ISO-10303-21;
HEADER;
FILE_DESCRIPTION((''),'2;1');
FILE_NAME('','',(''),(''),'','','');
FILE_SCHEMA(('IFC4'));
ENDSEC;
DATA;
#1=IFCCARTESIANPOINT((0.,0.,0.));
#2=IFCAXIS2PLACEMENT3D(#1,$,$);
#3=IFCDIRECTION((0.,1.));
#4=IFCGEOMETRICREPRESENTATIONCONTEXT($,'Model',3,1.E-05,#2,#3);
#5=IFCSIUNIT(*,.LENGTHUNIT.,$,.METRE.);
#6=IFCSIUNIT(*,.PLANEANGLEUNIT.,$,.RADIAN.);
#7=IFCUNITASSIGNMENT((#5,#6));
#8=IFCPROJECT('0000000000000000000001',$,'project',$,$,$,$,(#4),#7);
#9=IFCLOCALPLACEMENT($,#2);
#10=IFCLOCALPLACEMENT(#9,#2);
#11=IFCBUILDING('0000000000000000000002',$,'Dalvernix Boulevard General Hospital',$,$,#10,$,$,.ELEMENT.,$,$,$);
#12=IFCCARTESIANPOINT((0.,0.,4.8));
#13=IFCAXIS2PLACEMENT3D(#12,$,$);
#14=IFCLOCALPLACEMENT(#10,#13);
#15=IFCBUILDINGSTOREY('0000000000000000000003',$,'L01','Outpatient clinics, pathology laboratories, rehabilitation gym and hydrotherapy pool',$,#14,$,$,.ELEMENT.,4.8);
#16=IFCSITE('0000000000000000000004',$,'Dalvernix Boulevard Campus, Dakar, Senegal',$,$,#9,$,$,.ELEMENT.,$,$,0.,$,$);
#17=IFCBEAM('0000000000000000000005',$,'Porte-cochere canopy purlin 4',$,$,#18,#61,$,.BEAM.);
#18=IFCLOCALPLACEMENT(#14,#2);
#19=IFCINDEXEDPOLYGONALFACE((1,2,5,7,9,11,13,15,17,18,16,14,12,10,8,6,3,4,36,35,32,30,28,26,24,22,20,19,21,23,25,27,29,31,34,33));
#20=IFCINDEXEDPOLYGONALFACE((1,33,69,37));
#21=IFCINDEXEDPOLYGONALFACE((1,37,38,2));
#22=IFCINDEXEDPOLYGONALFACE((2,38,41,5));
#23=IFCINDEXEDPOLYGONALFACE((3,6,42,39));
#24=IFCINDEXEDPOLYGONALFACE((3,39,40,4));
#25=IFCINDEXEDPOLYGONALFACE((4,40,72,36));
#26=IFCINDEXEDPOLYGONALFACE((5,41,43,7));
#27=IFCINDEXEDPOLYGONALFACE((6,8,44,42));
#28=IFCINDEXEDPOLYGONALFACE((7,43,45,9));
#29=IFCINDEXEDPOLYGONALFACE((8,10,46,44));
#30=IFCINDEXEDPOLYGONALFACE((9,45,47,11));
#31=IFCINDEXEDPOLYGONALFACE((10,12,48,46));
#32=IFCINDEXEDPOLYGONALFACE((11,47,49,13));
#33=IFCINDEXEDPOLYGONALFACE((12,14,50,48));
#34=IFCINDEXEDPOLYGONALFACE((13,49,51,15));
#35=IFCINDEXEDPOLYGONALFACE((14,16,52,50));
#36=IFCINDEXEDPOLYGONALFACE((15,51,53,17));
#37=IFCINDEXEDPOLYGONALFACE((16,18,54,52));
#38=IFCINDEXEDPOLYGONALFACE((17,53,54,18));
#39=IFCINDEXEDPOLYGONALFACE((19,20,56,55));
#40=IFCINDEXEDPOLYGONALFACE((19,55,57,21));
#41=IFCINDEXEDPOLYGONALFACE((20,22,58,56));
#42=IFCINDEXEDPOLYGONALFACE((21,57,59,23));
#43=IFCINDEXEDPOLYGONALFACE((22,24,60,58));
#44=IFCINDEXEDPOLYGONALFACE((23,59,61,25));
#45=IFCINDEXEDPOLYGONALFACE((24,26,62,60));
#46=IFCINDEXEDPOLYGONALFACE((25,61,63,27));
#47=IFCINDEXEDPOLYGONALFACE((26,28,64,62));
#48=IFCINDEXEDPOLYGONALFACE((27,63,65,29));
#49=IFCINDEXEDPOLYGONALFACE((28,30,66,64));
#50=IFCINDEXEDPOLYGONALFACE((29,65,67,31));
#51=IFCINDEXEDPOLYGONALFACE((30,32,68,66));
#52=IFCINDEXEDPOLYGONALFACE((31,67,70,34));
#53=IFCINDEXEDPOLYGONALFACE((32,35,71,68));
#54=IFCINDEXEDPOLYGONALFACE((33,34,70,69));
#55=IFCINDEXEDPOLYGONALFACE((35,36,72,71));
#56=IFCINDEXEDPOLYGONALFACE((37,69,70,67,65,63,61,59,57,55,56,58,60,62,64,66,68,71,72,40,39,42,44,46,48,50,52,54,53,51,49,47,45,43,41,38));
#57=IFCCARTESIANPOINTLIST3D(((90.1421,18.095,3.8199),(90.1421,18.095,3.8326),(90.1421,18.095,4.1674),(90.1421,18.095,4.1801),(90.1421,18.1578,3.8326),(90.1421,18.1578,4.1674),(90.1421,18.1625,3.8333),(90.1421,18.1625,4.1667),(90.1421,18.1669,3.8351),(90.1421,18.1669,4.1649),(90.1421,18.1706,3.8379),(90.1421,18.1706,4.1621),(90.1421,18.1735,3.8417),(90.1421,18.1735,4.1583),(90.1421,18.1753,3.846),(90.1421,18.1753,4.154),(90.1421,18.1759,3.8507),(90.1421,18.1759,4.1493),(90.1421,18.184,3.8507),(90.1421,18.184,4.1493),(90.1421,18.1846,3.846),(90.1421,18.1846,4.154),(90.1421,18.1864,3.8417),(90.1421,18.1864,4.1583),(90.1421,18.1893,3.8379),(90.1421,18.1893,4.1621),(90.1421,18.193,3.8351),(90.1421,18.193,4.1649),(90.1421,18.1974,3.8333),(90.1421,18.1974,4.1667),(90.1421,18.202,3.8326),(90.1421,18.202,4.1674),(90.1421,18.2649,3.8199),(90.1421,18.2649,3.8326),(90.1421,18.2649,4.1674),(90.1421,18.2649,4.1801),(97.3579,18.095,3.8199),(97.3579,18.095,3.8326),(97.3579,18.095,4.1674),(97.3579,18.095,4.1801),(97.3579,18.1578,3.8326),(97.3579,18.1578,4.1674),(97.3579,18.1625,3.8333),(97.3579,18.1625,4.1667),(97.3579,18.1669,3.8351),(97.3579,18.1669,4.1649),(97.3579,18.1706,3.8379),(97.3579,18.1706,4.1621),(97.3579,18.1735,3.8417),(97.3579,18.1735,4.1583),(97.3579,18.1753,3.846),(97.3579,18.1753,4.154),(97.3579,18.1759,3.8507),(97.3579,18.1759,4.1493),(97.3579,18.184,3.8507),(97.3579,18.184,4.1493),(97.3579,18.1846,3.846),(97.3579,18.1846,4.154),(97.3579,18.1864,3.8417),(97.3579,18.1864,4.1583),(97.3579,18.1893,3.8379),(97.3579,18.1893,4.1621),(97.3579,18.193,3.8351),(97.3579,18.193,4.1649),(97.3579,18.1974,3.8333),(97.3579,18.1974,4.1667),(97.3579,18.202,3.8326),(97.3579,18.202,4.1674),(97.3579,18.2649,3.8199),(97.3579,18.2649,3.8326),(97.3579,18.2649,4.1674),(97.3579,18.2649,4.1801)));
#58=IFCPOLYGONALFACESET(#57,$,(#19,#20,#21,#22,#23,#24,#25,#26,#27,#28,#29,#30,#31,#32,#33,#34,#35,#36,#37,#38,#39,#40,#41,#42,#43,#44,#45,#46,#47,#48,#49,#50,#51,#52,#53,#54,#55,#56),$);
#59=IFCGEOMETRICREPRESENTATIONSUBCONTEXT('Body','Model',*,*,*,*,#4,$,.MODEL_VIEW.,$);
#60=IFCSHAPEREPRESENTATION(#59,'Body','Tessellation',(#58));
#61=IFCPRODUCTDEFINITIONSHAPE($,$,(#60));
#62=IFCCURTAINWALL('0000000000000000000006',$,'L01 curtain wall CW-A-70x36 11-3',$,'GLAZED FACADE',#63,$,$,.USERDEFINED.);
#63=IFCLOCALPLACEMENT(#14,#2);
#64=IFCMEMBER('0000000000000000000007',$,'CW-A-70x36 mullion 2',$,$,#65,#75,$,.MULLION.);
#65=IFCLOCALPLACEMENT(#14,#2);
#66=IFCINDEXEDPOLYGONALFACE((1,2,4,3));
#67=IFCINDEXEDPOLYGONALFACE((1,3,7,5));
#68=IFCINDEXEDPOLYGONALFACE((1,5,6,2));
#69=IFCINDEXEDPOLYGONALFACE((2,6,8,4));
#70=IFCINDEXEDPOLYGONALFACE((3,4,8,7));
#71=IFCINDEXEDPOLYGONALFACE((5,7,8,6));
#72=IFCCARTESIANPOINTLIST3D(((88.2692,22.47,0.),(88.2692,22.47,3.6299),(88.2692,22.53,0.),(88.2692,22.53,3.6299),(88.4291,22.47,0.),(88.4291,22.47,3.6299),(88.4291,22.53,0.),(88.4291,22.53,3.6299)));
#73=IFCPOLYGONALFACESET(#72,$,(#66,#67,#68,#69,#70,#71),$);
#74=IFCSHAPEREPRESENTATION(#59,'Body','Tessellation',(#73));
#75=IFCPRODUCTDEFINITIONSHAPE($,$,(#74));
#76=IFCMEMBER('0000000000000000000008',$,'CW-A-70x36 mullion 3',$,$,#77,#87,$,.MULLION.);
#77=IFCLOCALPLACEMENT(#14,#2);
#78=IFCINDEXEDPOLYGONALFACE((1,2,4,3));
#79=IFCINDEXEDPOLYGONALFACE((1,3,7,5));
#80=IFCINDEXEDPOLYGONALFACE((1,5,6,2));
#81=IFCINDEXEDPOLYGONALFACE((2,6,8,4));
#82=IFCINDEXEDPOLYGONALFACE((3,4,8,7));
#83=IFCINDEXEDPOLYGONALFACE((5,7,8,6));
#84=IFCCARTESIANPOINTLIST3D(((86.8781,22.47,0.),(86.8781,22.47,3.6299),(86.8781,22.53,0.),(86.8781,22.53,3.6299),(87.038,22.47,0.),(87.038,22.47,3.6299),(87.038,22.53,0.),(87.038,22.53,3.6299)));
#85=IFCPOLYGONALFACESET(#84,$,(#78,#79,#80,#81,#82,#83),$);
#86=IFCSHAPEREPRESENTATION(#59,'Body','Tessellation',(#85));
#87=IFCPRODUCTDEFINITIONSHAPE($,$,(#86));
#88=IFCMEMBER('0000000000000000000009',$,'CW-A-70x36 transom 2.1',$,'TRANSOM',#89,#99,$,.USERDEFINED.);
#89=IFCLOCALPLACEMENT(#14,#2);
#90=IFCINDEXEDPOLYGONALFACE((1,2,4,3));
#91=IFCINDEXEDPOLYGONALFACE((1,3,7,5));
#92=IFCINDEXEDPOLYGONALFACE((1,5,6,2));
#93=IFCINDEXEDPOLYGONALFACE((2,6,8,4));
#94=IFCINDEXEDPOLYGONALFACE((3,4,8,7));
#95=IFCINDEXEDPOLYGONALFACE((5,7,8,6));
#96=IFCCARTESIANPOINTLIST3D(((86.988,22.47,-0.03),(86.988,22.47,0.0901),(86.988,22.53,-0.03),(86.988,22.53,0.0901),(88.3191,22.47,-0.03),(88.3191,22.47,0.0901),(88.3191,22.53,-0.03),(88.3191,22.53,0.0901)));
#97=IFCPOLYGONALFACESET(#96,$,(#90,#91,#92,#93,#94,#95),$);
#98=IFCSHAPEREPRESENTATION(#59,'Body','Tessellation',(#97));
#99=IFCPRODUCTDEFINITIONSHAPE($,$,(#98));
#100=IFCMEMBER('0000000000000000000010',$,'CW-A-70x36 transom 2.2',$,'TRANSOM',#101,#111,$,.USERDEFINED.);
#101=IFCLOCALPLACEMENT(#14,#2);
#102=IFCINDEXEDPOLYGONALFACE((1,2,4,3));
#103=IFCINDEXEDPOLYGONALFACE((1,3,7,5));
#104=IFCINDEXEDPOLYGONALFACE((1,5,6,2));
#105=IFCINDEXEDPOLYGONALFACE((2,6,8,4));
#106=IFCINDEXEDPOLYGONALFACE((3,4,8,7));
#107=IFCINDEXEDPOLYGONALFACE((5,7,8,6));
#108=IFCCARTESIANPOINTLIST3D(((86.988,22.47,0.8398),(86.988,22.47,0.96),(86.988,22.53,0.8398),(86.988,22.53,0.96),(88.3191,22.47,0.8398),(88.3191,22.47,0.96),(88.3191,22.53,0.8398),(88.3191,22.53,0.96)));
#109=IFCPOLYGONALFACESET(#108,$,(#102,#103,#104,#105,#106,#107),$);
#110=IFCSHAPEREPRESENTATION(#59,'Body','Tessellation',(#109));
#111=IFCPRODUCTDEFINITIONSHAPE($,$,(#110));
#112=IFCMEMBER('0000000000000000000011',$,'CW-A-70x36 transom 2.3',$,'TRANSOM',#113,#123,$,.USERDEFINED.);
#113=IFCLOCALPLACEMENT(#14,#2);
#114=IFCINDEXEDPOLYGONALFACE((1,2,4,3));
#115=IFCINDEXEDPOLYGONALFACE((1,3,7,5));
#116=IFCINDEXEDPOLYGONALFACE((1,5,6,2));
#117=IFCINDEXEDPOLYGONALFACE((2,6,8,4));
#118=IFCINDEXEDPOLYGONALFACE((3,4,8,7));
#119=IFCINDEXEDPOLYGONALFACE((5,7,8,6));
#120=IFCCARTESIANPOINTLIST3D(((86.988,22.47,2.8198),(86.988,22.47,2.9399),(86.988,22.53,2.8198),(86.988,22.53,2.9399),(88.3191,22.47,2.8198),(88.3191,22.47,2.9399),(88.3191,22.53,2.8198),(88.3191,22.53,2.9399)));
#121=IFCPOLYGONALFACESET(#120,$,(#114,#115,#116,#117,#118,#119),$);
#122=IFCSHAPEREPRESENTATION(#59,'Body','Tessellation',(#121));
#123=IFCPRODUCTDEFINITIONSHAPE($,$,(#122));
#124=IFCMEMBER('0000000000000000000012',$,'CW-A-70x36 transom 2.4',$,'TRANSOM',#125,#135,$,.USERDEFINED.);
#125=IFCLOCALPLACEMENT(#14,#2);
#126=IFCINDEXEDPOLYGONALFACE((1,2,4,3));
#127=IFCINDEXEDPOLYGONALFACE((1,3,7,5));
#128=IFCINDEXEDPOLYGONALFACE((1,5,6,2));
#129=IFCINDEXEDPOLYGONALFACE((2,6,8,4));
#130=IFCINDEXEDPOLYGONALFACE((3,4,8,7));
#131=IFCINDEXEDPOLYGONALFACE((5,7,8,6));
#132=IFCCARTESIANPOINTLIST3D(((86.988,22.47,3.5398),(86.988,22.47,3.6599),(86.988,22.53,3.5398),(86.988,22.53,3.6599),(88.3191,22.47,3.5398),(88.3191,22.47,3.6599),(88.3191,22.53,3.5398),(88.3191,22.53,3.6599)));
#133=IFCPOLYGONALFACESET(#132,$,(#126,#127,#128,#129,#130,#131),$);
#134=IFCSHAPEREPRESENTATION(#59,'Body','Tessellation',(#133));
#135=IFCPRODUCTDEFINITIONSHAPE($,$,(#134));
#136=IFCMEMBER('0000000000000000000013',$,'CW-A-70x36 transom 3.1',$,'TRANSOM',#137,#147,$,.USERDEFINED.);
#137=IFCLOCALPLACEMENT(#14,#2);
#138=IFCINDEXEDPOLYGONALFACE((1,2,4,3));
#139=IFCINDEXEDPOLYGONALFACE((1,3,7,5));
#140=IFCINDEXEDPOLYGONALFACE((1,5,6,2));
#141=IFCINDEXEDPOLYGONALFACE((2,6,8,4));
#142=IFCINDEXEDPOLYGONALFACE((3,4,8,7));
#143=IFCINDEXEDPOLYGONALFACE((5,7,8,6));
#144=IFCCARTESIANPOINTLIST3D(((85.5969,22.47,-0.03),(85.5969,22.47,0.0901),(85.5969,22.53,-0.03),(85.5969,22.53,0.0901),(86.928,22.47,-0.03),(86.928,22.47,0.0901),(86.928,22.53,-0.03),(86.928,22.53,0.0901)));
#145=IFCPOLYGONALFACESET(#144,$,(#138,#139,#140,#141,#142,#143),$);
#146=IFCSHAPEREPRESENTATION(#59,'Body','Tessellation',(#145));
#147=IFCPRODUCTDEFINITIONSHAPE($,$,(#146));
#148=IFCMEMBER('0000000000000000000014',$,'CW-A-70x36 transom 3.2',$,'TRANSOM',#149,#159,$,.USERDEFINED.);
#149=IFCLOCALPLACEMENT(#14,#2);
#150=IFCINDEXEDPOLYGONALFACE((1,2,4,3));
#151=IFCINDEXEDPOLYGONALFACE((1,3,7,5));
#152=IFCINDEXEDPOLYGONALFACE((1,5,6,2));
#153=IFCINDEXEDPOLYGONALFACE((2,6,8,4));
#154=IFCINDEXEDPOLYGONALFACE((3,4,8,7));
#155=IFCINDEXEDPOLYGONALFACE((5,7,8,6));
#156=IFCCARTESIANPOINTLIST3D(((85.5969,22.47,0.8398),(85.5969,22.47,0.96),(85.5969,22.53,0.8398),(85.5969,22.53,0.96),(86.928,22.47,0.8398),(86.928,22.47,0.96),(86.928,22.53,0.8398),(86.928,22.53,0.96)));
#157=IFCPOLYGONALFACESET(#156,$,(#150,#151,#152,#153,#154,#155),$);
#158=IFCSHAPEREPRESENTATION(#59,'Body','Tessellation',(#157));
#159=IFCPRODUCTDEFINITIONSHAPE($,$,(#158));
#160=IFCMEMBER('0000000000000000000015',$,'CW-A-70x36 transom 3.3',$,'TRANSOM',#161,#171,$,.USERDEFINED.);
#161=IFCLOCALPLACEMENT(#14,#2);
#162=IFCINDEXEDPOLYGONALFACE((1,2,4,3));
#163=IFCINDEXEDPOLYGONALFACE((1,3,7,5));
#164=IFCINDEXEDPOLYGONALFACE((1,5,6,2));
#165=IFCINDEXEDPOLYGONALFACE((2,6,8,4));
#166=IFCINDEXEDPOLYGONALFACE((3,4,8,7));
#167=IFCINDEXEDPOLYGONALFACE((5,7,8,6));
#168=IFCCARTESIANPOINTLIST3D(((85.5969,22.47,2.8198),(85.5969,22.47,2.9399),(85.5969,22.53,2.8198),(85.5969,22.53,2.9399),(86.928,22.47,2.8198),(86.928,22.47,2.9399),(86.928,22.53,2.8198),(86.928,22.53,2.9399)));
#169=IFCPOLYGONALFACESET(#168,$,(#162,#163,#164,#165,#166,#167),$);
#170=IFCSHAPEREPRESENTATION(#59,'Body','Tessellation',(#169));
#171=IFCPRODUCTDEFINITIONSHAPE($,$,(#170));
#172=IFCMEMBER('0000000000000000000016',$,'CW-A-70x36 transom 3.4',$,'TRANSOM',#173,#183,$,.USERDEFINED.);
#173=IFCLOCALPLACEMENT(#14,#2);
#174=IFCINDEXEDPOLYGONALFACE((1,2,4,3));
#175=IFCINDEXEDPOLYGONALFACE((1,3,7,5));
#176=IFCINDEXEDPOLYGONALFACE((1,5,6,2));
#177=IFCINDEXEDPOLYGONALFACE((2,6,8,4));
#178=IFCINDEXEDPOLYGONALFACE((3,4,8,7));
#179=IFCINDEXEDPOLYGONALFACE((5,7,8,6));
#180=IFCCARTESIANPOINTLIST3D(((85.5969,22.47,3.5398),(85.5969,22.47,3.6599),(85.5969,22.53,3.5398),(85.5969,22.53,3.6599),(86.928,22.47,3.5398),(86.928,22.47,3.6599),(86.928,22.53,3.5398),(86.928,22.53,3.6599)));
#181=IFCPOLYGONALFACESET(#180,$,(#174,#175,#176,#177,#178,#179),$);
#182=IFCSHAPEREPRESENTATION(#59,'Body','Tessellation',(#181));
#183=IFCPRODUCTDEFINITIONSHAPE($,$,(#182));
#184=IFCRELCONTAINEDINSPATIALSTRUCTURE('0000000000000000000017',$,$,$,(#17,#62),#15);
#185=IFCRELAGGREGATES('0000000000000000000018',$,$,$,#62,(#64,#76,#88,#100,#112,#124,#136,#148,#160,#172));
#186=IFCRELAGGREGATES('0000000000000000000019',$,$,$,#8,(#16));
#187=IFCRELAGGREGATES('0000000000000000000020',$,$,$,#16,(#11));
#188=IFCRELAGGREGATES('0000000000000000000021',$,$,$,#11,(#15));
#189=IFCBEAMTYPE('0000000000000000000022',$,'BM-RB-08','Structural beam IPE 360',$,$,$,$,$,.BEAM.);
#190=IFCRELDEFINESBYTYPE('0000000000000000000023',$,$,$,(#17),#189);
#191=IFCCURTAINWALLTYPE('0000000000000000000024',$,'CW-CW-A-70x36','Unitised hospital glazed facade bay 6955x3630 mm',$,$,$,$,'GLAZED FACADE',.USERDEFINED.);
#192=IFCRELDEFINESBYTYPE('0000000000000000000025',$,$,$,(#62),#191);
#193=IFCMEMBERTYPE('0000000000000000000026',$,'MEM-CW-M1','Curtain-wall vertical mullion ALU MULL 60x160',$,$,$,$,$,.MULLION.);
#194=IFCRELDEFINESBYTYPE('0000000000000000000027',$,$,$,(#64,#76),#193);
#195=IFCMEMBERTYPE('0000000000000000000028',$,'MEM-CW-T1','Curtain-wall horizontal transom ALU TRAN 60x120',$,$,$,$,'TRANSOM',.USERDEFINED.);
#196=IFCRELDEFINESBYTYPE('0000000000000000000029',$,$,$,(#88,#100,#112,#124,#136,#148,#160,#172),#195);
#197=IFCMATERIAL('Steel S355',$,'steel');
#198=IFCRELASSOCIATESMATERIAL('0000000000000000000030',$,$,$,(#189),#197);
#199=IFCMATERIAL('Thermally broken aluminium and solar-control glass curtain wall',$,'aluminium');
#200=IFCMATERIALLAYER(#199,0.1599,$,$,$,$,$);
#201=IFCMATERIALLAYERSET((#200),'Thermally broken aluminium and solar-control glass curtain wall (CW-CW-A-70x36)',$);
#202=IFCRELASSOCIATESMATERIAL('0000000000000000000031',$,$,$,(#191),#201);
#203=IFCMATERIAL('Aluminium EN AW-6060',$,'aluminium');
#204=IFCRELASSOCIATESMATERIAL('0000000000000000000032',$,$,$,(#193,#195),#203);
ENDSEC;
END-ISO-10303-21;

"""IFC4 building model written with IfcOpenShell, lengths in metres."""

from ifc_helpers import new_model, si_unit, direction, frame, origin, origin_2d, place, context, subcontext, project, spatial, rectangle, i_section, extrude, material, layer, layer_set, material_profile, profile_set, type_object, element, aggregate, save


model = new_model("IFC4")

# Units and contexts
model_context = context("Model", 3, precision=1e-05, world=origin(), true_north=direction((0.0, 1.0)))
body_context = subcontext(model_context, "Body", "Model", "MODEL_VIEW")
ifc_project = project(units=[si_unit("LENGTHUNIT", "METRE"), si_unit("PLANEANGLEUNIT", "RADIAN")], contexts=[model_context])

# Site, building, storey
site_placement = place(None, origin())
site = spatial("IfcSite", under=ifc_project, at=site_placement, Name="Dalvernix Boulevard Campus, Dakar, Senegal", CompositionType="ELEMENT", RefElevation=0.0)
building_placement = place(site_placement, origin())
building = spatial("IfcBuilding", under=site, at=building_placement, Name="Dalvernix Boulevard General Hospital", CompositionType="ELEMENT")
storey_placement = place(building_placement, frame((0.0, 0.0, 4.8)))
storey = spatial("IfcBuildingStorey", under=building, at=storey_placement, Name="L01", Description="Outpatient clinics, pathology laboratories, rehabilitation gym and hydrotherapy pool", CompositionType="ELEMENT", Elevation=4.8)

# Beam
ifc_material_1 = material(Name="Steel S355", Category="steel")
ifc_material_profile_1 = material_profile(ifc_material_1, i_section(OverallWidth=0.1699, OverallDepth=0.3601, WebThickness=0.0081, FlangeThickness=0.0127, FilletRadius=0.0181, at=origin_2d()), Name="IPE 360")
ifc_profile_set_1 = profile_set([ifc_material_profile_1], Name="Steel S355")
beam_type = type_object("IfcBeamType", Name="BM-RB-08", Description="Structural beam IPE 360", PredefinedType="BEAM", material=ifc_profile_set_1)
beam_placement = place(storey_placement, frame((90.1421, 18.1799, 4.0), z_axis=(1.0, 0.0, 0.0), x_axis=(0.0, 1.0, 0.0)))
element("IfcBeam", 1, at=beam_placement, inside=storey, type_object=beam_type, Name="Porte-cochere canopy purlin 4", PredefinedType="BEAM", context=body_context, shape_type="SweptSolid", body=[
    extrude(i_section(OverallWidth=0.1699, OverallDepth=0.3601, WebThickness=0.0081, FlangeThickness=0.0127, FilletRadius=0.0181, at=origin_2d()), origin(), (0.0, 0.0, 1.0), 7.2158),
])

# Curtain wall, members
ifc_material_2 = material(Name="Thermally broken aluminium and solar-control glass curtain wall", Category="aluminium")
ifc_layer_1 = layer(ifc_material_2, 0.1599)
ifc_layer_set_1 = layer_set([ifc_layer_1], Name="Thermally broken aluminium and solar-control glass curtain wall (CW-CW-A-70x36)")
curtain_wall_type = type_object("IfcCurtainWallType", Name="CW-CW-A-70x36", Description="Unitised hospital glazed facade bay 6955x3630 mm", ElementType="GLAZED FACADE", PredefinedType="USERDEFINED", material=ifc_layer_set_1)
curtain_wall_placement = place(storey_placement, origin())
curtain_wall = element("IfcCurtainWall", 2, at=curtain_wall_placement, inside=storey, type_object=curtain_wall_type, Name="L01 curtain wall CW-A-70x36 11-3", ObjectType="GLAZED FACADE", PredefinedType="USERDEFINED")
ifc_material_3 = material(Name="Aluminium EN AW-6060", Category="aluminium")
ifc_material_profile_2 = material_profile(ifc_material_3, rectangle(XDim=0.0601, YDim=0.1599, at=origin_2d()), Name="ALU MULL 60x160")
ifc_profile_set_2 = profile_set([ifc_material_profile_2], Name="Aluminium EN AW-6060")
member_type_1 = type_object("IfcMemberType", Name="MEM-CW-M1", Description="Curtain-wall vertical mullion ALU MULL 60x160", PredefinedType="MULLION", material=ifc_profile_set_2)
member_1_placement = place(storey_placement, frame((88.3491, 22.5, 0.0), z_axis=(0.0, 0.0, 1.0), x_axis=(0.0, -1.0, 0.0)))
member_1 = element("IfcMember", 3, at=member_1_placement, type_object=member_type_1, Name="CW-A-70x36 mullion 2", PredefinedType="MULLION", context=body_context, shape_type="SweptSolid", body=[
    extrude(rectangle(XDim=0.0601, YDim=0.1599, at=origin_2d()), origin(), (0.0, 0.0, 1.0), 3.6299),
])
member_2_placement = place(storey_placement, frame((86.958, 22.5, 0.0), z_axis=(0.0, 0.0, 1.0), x_axis=(0.0, -1.0, 0.0)))
member_2 = element("IfcMember", 4, at=member_2_placement, type_object=member_type_1, Name="CW-A-70x36 mullion 3", PredefinedType="MULLION", context=body_context, shape_type="SweptSolid", body=[
    extrude(rectangle(XDim=0.0601, YDim=0.1599, at=origin_2d()), origin(), (0.0, 0.0, 1.0), 3.6299),
])
ifc_material_profile_3 = material_profile(ifc_material_3, rectangle(XDim=0.0601, YDim=0.1201, at=origin_2d()), Name="ALU TRAN 60x120")
ifc_profile_set_3 = profile_set([ifc_material_profile_3], Name="Aluminium EN AW-6060")
member_type_2 = type_object("IfcMemberType", Name="MEM-CW-T1", Description="Curtain-wall horizontal transom ALU TRAN 60x120", ElementType="TRANSOM", PredefinedType="USERDEFINED", material=ifc_profile_set_3)
member_3_placement = place(storey_placement, frame((88.3191, 22.5, 0.03), z_axis=(-1.0, 0.0, 0.0), x_axis=(0.0, -1.0, 0.0)))
member_3 = element("IfcMember", 5, at=member_3_placement, type_object=member_type_2, Name="CW-A-70x36 transom 2.1", ObjectType="TRANSOM", PredefinedType="USERDEFINED", context=body_context, shape_type="SweptSolid", body=[
    extrude(rectangle(XDim=0.0601, YDim=0.1201, at=origin_2d()), origin(), (0.0, 0.0, 1.0), 1.3311),
])
member_4_placement = place(storey_placement, frame((88.3191, 22.5, 0.8999), z_axis=(-1.0, 0.0, 0.0), x_axis=(0.0, -1.0, 0.0)))
member_4 = element("IfcMember", 6, at=member_4_placement, type_object=member_type_2, Name="CW-A-70x36 transom 2.2", ObjectType="TRANSOM", PredefinedType="USERDEFINED", context=body_context, shape_type="SweptSolid", body=[
    extrude(rectangle(XDim=0.0601, YDim=0.1201, at=origin_2d()), origin(), (0.0, 0.0, 1.0), 1.3311),
])
member_5_placement = place(storey_placement, frame((88.3191, 22.5, 2.8799), z_axis=(-1.0, 0.0, 0.0), x_axis=(0.0, -1.0, 0.0)))
member_5 = element("IfcMember", 7, at=member_5_placement, type_object=member_type_2, Name="CW-A-70x36 transom 2.3", ObjectType="TRANSOM", PredefinedType="USERDEFINED", context=body_context, shape_type="SweptSolid", body=[
    extrude(rectangle(XDim=0.0601, YDim=0.1201, at=origin_2d()), origin(), (0.0, 0.0, 1.0), 1.3311),
])
member_6_placement = place(storey_placement, frame((88.3191, 22.5, 3.5999), z_axis=(-1.0, 0.0, 0.0), x_axis=(0.0, -1.0, 0.0)))
member_6 = element("IfcMember", 8, at=member_6_placement, type_object=member_type_2, Name="CW-A-70x36 transom 2.4", ObjectType="TRANSOM", PredefinedType="USERDEFINED", context=body_context, shape_type="SweptSolid", body=[
    extrude(rectangle(XDim=0.0601, YDim=0.1201, at=origin_2d()), origin(), (0.0, 0.0, 1.0), 1.3311),
])
member_7_placement = place(storey_placement, frame((86.928, 22.5, 0.03), z_axis=(-1.0, 0.0, 0.0), x_axis=(0.0, -1.0, 0.0)))
member_7 = element("IfcMember", 9, at=member_7_placement, type_object=member_type_2, Name="CW-A-70x36 transom 3.1", ObjectType="TRANSOM", PredefinedType="USERDEFINED", context=body_context, shape_type="SweptSolid", body=[
    extrude(rectangle(XDim=0.0601, YDim=0.1201, at=origin_2d()), origin(), (0.0, 0.0, 1.0), 1.3311),
])
member_8_placement = place(storey_placement, frame((86.928, 22.5, 0.8999), z_axis=(-1.0, 0.0, 0.0), x_axis=(0.0, -1.0, 0.0)))
member_8 = element("IfcMember", 10, at=member_8_placement, type_object=member_type_2, Name="CW-A-70x36 transom 3.2", ObjectType="TRANSOM", PredefinedType="USERDEFINED", context=body_context, shape_type="SweptSolid", body=[
    extrude(rectangle(XDim=0.0601, YDim=0.1201, at=origin_2d()), origin(), (0.0, 0.0, 1.0), 1.3311),
])
member_9_placement = place(storey_placement, frame((86.928, 22.5, 2.8799), z_axis=(-1.0, 0.0, 0.0), x_axis=(0.0, -1.0, 0.0)))
member_9 = element("IfcMember", 11, at=member_9_placement, type_object=member_type_2, Name="CW-A-70x36 transom 3.3", ObjectType="TRANSOM", PredefinedType="USERDEFINED", context=body_context, shape_type="SweptSolid", body=[
    extrude(rectangle(XDim=0.0601, YDim=0.1201, at=origin_2d()), origin(), (0.0, 0.0, 1.0), 1.3311),
])
member_10_placement = place(storey_placement, frame((86.928, 22.5, 3.5999), z_axis=(-1.0, 0.0, 0.0), x_axis=(0.0, -1.0, 0.0)))
member_10 = element("IfcMember", 12, at=member_10_placement, type_object=member_type_2, Name="CW-A-70x36 transom 3.4", ObjectType="TRANSOM", PredefinedType="USERDEFINED", context=body_context, shape_type="SweptSolid", body=[
    extrude(rectangle(XDim=0.0601, YDim=0.1201, at=origin_2d()), origin(), (0.0, 0.0, 1.0), 1.3311),
])

aggregate(curtain_wall, [member_1, member_2, member_3, member_4, member_5, member_6, member_7, member_8, member_9, member_10])

save(model, "model.ifc")
